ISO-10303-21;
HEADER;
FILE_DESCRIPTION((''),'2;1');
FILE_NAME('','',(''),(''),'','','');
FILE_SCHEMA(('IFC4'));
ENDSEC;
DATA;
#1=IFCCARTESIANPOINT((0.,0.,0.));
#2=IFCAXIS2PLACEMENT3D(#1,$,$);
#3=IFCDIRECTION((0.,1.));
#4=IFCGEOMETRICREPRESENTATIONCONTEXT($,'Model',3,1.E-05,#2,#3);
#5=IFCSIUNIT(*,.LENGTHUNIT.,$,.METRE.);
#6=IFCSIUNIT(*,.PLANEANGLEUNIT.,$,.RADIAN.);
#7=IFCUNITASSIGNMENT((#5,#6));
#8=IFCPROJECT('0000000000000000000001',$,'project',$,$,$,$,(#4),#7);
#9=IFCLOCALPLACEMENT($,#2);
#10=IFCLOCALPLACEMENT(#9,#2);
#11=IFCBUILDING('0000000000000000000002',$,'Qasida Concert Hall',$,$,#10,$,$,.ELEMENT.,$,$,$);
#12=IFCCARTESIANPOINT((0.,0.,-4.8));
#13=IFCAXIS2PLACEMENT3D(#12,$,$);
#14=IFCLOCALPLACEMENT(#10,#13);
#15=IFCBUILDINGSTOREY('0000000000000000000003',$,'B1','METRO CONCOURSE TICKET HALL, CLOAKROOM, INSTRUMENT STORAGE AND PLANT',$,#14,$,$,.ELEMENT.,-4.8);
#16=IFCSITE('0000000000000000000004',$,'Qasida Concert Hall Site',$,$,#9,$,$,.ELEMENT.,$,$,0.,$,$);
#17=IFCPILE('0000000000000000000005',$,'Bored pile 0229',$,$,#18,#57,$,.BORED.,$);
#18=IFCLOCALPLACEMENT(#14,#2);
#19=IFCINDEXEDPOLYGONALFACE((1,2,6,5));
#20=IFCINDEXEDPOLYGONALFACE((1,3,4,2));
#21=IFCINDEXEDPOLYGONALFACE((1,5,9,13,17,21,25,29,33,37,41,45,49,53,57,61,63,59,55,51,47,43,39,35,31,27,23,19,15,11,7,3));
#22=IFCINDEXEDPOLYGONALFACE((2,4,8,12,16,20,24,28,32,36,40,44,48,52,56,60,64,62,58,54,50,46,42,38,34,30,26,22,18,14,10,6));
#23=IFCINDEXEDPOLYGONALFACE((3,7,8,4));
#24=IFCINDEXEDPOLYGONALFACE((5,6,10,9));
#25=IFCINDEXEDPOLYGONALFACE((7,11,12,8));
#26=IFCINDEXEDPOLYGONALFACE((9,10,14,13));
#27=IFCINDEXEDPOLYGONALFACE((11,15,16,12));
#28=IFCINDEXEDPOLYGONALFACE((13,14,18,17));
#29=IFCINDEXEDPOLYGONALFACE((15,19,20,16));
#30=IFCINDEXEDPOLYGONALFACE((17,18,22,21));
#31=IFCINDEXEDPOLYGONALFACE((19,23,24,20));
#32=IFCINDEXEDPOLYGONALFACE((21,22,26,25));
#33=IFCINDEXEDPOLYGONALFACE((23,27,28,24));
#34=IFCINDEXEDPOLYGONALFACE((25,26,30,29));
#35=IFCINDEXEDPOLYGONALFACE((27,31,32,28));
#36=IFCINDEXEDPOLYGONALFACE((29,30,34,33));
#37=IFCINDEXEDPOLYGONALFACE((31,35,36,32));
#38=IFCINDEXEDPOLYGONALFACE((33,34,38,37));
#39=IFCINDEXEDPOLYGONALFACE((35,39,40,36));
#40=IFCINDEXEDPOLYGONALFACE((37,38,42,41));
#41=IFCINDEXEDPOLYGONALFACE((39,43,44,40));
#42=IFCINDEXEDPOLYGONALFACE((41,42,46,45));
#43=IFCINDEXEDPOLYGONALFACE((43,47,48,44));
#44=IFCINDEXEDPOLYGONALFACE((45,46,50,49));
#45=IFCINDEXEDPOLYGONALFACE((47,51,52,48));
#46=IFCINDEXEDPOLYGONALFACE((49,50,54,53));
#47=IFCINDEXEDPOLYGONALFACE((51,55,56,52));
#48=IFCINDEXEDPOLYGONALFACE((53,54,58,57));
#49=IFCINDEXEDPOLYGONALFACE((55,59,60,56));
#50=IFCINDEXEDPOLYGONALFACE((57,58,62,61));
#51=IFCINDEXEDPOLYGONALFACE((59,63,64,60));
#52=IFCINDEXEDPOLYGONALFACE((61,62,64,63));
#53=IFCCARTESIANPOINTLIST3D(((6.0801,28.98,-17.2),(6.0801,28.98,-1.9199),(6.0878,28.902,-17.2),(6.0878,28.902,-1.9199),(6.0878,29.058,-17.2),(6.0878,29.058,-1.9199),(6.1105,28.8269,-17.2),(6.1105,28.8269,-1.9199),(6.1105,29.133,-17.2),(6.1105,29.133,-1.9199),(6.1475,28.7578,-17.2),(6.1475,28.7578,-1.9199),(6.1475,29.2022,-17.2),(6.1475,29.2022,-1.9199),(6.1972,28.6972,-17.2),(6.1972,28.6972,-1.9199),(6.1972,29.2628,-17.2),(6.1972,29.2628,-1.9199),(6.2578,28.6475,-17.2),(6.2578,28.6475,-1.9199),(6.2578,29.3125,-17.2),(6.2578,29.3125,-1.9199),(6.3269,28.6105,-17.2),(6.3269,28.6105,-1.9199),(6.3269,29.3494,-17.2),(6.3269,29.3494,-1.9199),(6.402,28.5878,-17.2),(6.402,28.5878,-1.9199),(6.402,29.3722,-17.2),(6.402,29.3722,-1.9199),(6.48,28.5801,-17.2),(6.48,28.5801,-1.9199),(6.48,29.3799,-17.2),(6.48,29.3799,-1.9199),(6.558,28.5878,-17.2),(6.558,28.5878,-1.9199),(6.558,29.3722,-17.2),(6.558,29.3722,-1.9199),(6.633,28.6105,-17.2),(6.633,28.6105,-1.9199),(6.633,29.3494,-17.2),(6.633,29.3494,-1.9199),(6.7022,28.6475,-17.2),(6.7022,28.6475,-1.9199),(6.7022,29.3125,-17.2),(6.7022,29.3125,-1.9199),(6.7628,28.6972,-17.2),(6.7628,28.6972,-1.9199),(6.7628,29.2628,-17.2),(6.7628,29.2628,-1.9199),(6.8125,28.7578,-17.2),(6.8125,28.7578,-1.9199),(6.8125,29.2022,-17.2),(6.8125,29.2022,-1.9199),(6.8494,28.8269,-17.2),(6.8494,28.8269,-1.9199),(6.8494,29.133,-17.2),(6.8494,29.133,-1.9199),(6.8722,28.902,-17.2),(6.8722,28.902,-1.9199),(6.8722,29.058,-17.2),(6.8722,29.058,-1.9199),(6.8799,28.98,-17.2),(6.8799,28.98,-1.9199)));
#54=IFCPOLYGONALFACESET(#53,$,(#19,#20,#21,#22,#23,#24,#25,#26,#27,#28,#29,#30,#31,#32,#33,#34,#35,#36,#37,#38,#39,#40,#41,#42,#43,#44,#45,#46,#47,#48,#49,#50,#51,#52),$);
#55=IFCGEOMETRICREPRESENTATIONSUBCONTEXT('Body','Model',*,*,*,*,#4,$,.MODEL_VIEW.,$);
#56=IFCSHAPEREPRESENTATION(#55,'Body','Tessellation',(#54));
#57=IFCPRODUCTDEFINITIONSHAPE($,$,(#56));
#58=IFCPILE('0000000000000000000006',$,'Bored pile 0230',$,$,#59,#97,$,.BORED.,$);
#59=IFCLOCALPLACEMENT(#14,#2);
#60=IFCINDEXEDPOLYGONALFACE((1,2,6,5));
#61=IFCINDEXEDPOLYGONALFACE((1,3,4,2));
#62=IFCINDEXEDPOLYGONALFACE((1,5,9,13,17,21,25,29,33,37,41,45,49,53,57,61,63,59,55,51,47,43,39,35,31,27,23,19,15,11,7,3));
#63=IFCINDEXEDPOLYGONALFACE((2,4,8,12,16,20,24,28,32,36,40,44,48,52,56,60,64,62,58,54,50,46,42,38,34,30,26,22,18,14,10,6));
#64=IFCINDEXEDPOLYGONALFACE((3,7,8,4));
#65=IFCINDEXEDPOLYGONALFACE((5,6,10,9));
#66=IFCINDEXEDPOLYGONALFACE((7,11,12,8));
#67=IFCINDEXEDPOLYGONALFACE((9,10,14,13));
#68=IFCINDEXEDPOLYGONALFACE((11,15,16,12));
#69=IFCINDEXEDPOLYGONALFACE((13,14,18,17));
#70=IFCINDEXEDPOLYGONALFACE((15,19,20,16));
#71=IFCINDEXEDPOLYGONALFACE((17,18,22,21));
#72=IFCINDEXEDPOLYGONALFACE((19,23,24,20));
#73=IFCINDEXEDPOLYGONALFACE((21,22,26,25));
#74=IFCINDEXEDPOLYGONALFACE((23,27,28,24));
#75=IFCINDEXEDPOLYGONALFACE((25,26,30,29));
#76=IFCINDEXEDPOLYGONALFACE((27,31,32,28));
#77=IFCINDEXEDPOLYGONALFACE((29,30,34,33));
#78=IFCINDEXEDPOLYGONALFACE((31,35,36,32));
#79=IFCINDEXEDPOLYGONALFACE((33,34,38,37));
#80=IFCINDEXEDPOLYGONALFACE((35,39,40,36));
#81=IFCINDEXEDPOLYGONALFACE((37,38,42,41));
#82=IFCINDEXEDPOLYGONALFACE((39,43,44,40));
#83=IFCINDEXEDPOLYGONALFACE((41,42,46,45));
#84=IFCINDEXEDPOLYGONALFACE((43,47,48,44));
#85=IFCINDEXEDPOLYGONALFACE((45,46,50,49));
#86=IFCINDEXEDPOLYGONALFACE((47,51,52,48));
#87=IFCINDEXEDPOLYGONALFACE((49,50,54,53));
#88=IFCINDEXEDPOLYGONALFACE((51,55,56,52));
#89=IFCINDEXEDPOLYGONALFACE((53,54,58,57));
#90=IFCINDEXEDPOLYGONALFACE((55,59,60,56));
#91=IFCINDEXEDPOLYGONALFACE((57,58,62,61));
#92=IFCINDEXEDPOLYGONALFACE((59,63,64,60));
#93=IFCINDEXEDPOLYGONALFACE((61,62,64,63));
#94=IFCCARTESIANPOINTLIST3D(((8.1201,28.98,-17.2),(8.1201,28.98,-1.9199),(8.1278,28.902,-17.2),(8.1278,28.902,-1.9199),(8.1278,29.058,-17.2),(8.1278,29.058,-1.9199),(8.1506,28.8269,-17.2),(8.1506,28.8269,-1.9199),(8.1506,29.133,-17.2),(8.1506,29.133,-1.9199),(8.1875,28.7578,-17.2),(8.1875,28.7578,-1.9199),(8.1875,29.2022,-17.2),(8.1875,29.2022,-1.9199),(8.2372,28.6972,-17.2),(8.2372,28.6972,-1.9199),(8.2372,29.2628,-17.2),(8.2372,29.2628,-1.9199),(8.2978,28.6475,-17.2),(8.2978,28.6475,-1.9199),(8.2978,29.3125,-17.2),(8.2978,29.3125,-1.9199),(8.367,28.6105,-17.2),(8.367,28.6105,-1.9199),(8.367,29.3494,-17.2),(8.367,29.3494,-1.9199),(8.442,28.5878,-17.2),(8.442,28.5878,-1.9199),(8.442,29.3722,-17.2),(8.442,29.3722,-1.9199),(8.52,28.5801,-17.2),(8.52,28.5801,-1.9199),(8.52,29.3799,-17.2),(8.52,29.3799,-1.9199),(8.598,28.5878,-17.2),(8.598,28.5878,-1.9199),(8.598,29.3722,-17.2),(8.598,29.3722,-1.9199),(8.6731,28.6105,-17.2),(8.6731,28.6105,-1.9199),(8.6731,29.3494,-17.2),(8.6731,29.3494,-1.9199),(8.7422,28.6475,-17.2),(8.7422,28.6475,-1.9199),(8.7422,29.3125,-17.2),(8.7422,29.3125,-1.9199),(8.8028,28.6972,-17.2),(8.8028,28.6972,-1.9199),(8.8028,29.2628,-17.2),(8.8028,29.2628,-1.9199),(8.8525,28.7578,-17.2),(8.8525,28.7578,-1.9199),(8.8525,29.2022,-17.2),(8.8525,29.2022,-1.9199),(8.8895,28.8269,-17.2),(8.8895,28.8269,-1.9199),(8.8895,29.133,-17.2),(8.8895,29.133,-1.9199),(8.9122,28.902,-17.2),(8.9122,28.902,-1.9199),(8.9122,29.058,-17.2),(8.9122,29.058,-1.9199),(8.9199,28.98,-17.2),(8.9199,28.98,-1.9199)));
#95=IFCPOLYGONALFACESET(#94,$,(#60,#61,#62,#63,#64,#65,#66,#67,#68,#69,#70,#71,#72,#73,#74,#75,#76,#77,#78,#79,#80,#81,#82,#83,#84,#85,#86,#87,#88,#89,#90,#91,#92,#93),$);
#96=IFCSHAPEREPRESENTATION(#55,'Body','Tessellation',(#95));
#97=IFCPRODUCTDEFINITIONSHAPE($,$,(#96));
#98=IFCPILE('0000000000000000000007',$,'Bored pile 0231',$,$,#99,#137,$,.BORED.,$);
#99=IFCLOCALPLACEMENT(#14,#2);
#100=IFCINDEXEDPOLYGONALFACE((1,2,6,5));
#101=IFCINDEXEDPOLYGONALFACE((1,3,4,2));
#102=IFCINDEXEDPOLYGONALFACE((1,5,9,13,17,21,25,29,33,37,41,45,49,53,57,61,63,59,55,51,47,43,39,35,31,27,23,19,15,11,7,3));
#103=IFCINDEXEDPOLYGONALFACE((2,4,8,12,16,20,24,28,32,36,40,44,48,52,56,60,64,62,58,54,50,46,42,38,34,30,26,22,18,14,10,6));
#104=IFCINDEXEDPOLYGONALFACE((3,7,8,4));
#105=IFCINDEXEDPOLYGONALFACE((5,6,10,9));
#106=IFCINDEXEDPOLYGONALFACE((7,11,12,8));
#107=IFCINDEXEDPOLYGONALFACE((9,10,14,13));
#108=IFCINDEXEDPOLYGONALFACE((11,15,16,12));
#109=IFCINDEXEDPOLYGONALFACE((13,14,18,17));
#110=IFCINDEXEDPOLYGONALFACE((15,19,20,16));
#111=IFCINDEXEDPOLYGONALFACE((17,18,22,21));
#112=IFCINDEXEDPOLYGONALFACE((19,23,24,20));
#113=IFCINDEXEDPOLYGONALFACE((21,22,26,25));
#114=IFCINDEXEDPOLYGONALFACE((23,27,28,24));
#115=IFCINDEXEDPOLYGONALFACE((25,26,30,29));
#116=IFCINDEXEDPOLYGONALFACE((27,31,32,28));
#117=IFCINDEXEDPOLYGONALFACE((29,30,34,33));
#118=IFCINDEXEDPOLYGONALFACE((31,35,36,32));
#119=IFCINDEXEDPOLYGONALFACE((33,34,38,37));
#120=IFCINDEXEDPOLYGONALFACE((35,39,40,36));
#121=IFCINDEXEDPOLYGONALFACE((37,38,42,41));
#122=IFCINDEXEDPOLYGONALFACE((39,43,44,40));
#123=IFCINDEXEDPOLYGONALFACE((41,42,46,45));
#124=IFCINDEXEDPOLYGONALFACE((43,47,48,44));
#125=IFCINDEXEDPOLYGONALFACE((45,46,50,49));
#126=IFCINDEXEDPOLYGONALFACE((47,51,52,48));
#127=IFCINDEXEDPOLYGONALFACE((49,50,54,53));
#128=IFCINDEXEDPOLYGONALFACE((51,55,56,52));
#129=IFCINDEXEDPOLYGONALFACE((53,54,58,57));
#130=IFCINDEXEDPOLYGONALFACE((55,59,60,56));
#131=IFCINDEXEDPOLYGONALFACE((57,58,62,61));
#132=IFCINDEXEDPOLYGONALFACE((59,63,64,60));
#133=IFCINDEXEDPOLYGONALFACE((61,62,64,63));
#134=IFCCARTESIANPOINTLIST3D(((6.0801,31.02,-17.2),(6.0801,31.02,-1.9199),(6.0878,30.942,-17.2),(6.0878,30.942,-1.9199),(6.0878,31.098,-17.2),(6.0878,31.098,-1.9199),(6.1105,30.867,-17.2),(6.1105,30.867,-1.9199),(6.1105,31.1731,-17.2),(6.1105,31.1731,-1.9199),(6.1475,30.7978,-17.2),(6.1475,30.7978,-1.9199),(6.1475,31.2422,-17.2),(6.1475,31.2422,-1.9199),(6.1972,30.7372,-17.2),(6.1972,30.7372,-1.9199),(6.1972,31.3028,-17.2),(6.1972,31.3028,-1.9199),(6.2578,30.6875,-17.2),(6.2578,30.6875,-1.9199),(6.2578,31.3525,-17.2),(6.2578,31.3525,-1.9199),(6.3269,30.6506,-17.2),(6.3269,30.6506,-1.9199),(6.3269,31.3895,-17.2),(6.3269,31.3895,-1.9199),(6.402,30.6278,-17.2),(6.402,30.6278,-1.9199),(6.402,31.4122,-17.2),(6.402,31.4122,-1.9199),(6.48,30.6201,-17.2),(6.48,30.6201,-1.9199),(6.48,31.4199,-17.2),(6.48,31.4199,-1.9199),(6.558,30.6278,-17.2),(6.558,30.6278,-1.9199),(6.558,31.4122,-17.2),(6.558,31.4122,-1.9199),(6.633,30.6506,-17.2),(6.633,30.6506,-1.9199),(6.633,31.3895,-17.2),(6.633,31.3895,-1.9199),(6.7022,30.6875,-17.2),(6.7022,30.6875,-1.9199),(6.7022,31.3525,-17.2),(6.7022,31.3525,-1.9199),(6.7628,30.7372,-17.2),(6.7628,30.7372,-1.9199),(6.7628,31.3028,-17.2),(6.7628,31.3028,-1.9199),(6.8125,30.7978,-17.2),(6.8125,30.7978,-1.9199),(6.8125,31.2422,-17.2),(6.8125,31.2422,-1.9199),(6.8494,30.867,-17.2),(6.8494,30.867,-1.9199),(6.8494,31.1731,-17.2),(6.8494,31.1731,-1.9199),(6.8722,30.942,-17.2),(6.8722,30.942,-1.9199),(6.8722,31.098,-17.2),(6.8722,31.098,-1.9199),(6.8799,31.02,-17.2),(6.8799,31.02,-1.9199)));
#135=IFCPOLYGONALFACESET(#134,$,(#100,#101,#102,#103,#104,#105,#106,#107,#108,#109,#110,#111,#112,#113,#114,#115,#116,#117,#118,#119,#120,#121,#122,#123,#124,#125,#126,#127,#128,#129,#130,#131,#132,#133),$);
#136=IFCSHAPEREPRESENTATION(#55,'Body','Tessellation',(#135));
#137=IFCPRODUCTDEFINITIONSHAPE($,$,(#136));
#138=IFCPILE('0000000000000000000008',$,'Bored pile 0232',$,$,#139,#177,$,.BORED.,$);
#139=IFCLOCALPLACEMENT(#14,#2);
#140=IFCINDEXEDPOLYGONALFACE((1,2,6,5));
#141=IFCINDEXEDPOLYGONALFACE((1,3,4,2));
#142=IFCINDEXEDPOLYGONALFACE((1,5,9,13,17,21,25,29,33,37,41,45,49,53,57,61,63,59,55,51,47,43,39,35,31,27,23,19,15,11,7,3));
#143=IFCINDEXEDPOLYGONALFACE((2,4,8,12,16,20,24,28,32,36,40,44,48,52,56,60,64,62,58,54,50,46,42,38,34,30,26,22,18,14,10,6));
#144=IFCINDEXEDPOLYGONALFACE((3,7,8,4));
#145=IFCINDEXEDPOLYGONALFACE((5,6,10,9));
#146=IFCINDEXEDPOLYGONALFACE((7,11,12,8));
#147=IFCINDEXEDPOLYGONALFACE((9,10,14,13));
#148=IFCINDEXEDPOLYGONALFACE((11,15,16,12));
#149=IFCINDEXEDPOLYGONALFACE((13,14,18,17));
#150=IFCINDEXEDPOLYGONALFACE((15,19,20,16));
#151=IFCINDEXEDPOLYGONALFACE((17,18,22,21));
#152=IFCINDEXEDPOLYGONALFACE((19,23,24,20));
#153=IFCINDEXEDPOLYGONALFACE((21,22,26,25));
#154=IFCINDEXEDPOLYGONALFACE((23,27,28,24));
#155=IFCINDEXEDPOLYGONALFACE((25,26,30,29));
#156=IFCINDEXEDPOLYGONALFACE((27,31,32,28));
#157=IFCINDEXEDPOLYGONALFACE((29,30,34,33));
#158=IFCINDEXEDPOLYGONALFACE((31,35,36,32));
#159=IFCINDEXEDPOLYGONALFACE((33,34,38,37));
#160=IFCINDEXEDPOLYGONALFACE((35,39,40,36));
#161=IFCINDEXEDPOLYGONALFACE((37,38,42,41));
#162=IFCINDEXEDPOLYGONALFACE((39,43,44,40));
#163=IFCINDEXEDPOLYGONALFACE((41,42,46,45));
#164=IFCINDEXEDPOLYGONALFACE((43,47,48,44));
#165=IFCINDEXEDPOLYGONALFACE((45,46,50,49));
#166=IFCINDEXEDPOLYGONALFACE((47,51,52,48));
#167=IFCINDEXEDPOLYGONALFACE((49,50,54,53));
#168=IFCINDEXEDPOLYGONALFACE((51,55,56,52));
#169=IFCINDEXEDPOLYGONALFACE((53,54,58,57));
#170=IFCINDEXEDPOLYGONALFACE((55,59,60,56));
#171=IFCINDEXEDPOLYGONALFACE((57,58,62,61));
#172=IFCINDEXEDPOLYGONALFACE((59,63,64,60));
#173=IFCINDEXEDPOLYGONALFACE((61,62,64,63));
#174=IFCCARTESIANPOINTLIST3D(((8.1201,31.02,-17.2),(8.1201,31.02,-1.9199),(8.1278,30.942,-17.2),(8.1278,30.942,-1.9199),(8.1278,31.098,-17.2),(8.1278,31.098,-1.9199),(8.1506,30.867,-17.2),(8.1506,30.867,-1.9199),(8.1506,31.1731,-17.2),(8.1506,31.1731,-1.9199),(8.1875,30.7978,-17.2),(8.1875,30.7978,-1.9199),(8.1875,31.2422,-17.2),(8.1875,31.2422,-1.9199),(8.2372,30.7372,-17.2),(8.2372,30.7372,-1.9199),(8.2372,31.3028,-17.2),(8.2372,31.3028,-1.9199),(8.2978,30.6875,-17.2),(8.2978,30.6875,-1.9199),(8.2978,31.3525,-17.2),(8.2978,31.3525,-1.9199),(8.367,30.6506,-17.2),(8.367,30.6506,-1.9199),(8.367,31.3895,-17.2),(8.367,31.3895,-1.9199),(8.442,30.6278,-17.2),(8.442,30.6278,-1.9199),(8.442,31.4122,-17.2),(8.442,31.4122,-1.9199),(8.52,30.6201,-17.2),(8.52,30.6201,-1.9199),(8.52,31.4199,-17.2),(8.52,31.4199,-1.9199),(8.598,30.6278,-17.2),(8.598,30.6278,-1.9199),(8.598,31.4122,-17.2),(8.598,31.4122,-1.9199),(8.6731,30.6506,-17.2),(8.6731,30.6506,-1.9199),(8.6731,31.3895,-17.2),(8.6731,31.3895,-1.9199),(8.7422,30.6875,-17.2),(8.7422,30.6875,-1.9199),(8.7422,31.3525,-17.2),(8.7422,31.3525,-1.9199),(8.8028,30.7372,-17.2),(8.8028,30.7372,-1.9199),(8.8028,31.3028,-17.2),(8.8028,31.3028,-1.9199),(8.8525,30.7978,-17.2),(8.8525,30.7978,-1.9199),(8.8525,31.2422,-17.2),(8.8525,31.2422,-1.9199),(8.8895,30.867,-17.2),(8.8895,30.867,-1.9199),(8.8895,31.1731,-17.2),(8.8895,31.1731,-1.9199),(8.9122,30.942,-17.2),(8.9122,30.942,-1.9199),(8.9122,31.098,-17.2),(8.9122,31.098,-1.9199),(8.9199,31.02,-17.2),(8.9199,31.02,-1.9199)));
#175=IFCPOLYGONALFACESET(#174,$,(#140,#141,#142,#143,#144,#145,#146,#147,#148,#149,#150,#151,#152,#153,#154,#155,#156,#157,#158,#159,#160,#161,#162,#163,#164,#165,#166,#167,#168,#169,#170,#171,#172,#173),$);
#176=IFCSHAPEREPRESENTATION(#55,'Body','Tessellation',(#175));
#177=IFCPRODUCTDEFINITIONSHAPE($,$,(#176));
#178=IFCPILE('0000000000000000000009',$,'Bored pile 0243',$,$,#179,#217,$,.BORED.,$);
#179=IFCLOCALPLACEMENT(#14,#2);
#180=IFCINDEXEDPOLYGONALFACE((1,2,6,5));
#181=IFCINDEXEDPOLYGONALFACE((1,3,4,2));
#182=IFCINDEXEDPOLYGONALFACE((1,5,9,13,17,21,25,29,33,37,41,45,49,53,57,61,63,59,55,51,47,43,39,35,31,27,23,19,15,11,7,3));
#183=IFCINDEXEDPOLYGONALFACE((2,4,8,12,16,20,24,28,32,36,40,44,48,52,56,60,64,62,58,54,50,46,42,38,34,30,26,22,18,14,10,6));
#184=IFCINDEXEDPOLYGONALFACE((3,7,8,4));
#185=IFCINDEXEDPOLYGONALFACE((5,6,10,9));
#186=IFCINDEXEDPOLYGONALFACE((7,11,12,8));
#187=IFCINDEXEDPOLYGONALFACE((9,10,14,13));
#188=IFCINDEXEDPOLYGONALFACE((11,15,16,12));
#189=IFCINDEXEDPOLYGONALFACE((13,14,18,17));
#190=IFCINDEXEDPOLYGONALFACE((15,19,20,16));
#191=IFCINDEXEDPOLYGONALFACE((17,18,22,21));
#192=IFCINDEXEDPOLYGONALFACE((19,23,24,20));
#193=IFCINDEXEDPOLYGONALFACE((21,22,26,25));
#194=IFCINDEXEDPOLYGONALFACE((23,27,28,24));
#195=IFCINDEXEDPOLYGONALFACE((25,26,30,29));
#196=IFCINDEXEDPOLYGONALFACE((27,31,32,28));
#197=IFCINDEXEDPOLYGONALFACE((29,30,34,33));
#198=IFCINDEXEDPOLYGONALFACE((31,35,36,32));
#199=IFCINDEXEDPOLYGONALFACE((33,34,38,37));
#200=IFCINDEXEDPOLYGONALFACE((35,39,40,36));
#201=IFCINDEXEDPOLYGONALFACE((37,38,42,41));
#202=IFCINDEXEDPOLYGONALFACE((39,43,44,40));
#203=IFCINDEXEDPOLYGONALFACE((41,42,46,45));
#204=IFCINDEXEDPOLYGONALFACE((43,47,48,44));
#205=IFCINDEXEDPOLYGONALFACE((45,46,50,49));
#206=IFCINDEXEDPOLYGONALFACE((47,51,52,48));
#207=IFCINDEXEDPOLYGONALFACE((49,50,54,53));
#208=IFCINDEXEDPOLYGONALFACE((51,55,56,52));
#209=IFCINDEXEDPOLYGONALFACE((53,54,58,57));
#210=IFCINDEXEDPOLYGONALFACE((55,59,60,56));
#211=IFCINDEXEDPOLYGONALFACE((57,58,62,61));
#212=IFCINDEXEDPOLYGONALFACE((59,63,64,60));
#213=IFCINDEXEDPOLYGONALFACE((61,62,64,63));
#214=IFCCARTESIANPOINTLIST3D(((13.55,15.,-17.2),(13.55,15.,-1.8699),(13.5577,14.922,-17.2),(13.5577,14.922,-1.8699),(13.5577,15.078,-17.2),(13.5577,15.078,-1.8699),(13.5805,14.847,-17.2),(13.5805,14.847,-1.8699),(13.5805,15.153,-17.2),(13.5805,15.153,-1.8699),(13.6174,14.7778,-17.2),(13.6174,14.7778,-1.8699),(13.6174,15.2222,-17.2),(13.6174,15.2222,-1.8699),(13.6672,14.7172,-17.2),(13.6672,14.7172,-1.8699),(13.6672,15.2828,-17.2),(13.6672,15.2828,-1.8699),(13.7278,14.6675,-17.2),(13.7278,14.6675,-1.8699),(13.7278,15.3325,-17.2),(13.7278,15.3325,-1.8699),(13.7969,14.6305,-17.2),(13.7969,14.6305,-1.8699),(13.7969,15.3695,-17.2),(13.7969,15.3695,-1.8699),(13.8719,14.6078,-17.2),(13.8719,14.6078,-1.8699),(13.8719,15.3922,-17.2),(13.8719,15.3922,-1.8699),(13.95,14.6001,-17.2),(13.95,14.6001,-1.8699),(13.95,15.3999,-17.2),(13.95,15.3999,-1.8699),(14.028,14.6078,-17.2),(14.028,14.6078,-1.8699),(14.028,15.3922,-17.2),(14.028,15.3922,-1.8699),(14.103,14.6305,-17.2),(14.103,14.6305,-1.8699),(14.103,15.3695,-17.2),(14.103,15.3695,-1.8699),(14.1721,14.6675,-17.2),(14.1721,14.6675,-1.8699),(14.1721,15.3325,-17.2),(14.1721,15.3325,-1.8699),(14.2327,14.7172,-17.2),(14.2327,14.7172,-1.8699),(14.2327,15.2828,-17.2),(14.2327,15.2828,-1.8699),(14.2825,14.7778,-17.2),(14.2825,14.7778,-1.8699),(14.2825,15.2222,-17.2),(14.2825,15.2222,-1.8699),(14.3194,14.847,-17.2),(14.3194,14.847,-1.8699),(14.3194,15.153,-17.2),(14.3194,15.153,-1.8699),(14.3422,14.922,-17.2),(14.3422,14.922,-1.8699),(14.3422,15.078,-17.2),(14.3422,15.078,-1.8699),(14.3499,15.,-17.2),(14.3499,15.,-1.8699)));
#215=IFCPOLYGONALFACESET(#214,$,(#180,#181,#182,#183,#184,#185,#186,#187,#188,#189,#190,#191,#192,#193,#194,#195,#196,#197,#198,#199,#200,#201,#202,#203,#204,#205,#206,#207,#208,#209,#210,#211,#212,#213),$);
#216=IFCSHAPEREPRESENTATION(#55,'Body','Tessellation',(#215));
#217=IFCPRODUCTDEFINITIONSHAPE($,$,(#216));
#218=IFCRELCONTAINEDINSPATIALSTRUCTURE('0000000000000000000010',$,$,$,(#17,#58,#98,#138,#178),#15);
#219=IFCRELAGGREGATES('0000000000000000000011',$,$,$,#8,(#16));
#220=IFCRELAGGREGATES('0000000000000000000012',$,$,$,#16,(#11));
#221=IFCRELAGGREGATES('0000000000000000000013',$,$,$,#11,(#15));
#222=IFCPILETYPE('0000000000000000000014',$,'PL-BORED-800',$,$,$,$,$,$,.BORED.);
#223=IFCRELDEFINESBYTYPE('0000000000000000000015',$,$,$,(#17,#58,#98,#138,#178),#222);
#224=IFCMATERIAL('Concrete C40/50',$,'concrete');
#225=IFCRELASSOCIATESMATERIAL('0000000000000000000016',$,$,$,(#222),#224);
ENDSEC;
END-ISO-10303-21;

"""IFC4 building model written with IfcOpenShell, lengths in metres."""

from ifc_helpers import new_model, si_unit, direction, frame, origin, origin_2d, place, context, subcontext, project, spatial, circle, extrude, material, material_profile, profile_set, type_object, element, save


model = new_model("IFC4")

# Units and contexts
model_context = context("Model", 3, precision=1e-05, world=origin(), true_north=direction((0.0, 1.0)))
body_context = subcontext(model_context, "Body", "Model", "MODEL_VIEW")
ifc_project = project(units=[si_unit("LENGTHUNIT", "METRE"), si_unit("PLANEANGLEUNIT", "RADIAN")], contexts=[model_context])

# Site, building, storey
site_placement = place(None, origin())
site = spatial("IfcSite", under=ifc_project, at=site_placement, Name="Qasida Concert Hall Site", CompositionType="ELEMENT", RefElevation=0.0)
building_placement = place(site_placement, origin())
building = spatial("IfcBuilding", under=site, at=building_placement, Name="Qasida Concert Hall", CompositionType="ELEMENT")
storey_placement = place(building_placement, frame((0.0, 0.0, -4.8)))
storey = spatial("IfcBuildingStorey", under=building, at=storey_placement, Name="B1", Description="METRO CONCOURSE TICKET HALL, CLOAKROOM, INSTRUMENT STORAGE AND PLANT", CompositionType="ELEMENT", Elevation=-4.8)

# Shared definitions
ifc_material_1 = material(Name="Concrete C40/50", Category="concrete")

# Piles
ifc_material_profile_1 = material_profile(ifc_material_1, circle(Radius=0.3999, at=origin_2d()), Name="BORED PILE D800")
ifc_profile_set_1 = profile_set([ifc_material_profile_1], Name="Concrete C40/50")
pile_type = type_object("IfcPileType", Name="PL-BORED-800", PredefinedType="BORED", material=ifc_profile_set_1)
for number, where, z_axis, x_axis, name in (
    (1, (6.48, 28.98, -1.9199), (0.0, 0.0, -1.0), (1.0, 0.0, 0.0), "Bored pile 0229"),
    (2, (8.52, 28.98, -1.9199), (0.0, 0.0, -1.0), (1.0, 0.0, 0.0), "Bored pile 0230"),
    (3, (6.48, 31.02, -1.9199), (0.0, 0.0, -1.0), (1.0, 0.0, 0.0), "Bored pile 0231"),
    (4, (8.52, 31.02, -1.9199), (0.0, 0.0, -1.0), (1.0, 0.0, 0.0), "Bored pile 0232"),
):
    element("IfcPile", number, at=place(storey_placement, frame(where, z_axis=z_axis, x_axis=x_axis)), inside=storey, type_object=pile_type, Name=name, PredefinedType="BORED", context=body_context, shape_type="SweptSolid", body=[
        extrude(circle(Radius=0.3999, at=origin_2d()), origin(), (0.0, 0.0, 1.0), 15.28),
    ])
pile_1_placement = place(storey_placement, frame((13.95, 15.0, -1.8699), z_axis=(0.0, 0.0, -1.0), x_axis=(1.0, 0.0, 0.0)))
element("IfcPile", 5, at=pile_1_placement, inside=storey, type_object=pile_type, Name="Bored pile 0243", PredefinedType="BORED", context=body_context, shape_type="SweptSolid", body=[
    extrude(circle(Radius=0.3999, at=origin_2d()), origin(), (0.0, 0.0, 1.0), 15.3301),
])

save(model, "model.ifc")
